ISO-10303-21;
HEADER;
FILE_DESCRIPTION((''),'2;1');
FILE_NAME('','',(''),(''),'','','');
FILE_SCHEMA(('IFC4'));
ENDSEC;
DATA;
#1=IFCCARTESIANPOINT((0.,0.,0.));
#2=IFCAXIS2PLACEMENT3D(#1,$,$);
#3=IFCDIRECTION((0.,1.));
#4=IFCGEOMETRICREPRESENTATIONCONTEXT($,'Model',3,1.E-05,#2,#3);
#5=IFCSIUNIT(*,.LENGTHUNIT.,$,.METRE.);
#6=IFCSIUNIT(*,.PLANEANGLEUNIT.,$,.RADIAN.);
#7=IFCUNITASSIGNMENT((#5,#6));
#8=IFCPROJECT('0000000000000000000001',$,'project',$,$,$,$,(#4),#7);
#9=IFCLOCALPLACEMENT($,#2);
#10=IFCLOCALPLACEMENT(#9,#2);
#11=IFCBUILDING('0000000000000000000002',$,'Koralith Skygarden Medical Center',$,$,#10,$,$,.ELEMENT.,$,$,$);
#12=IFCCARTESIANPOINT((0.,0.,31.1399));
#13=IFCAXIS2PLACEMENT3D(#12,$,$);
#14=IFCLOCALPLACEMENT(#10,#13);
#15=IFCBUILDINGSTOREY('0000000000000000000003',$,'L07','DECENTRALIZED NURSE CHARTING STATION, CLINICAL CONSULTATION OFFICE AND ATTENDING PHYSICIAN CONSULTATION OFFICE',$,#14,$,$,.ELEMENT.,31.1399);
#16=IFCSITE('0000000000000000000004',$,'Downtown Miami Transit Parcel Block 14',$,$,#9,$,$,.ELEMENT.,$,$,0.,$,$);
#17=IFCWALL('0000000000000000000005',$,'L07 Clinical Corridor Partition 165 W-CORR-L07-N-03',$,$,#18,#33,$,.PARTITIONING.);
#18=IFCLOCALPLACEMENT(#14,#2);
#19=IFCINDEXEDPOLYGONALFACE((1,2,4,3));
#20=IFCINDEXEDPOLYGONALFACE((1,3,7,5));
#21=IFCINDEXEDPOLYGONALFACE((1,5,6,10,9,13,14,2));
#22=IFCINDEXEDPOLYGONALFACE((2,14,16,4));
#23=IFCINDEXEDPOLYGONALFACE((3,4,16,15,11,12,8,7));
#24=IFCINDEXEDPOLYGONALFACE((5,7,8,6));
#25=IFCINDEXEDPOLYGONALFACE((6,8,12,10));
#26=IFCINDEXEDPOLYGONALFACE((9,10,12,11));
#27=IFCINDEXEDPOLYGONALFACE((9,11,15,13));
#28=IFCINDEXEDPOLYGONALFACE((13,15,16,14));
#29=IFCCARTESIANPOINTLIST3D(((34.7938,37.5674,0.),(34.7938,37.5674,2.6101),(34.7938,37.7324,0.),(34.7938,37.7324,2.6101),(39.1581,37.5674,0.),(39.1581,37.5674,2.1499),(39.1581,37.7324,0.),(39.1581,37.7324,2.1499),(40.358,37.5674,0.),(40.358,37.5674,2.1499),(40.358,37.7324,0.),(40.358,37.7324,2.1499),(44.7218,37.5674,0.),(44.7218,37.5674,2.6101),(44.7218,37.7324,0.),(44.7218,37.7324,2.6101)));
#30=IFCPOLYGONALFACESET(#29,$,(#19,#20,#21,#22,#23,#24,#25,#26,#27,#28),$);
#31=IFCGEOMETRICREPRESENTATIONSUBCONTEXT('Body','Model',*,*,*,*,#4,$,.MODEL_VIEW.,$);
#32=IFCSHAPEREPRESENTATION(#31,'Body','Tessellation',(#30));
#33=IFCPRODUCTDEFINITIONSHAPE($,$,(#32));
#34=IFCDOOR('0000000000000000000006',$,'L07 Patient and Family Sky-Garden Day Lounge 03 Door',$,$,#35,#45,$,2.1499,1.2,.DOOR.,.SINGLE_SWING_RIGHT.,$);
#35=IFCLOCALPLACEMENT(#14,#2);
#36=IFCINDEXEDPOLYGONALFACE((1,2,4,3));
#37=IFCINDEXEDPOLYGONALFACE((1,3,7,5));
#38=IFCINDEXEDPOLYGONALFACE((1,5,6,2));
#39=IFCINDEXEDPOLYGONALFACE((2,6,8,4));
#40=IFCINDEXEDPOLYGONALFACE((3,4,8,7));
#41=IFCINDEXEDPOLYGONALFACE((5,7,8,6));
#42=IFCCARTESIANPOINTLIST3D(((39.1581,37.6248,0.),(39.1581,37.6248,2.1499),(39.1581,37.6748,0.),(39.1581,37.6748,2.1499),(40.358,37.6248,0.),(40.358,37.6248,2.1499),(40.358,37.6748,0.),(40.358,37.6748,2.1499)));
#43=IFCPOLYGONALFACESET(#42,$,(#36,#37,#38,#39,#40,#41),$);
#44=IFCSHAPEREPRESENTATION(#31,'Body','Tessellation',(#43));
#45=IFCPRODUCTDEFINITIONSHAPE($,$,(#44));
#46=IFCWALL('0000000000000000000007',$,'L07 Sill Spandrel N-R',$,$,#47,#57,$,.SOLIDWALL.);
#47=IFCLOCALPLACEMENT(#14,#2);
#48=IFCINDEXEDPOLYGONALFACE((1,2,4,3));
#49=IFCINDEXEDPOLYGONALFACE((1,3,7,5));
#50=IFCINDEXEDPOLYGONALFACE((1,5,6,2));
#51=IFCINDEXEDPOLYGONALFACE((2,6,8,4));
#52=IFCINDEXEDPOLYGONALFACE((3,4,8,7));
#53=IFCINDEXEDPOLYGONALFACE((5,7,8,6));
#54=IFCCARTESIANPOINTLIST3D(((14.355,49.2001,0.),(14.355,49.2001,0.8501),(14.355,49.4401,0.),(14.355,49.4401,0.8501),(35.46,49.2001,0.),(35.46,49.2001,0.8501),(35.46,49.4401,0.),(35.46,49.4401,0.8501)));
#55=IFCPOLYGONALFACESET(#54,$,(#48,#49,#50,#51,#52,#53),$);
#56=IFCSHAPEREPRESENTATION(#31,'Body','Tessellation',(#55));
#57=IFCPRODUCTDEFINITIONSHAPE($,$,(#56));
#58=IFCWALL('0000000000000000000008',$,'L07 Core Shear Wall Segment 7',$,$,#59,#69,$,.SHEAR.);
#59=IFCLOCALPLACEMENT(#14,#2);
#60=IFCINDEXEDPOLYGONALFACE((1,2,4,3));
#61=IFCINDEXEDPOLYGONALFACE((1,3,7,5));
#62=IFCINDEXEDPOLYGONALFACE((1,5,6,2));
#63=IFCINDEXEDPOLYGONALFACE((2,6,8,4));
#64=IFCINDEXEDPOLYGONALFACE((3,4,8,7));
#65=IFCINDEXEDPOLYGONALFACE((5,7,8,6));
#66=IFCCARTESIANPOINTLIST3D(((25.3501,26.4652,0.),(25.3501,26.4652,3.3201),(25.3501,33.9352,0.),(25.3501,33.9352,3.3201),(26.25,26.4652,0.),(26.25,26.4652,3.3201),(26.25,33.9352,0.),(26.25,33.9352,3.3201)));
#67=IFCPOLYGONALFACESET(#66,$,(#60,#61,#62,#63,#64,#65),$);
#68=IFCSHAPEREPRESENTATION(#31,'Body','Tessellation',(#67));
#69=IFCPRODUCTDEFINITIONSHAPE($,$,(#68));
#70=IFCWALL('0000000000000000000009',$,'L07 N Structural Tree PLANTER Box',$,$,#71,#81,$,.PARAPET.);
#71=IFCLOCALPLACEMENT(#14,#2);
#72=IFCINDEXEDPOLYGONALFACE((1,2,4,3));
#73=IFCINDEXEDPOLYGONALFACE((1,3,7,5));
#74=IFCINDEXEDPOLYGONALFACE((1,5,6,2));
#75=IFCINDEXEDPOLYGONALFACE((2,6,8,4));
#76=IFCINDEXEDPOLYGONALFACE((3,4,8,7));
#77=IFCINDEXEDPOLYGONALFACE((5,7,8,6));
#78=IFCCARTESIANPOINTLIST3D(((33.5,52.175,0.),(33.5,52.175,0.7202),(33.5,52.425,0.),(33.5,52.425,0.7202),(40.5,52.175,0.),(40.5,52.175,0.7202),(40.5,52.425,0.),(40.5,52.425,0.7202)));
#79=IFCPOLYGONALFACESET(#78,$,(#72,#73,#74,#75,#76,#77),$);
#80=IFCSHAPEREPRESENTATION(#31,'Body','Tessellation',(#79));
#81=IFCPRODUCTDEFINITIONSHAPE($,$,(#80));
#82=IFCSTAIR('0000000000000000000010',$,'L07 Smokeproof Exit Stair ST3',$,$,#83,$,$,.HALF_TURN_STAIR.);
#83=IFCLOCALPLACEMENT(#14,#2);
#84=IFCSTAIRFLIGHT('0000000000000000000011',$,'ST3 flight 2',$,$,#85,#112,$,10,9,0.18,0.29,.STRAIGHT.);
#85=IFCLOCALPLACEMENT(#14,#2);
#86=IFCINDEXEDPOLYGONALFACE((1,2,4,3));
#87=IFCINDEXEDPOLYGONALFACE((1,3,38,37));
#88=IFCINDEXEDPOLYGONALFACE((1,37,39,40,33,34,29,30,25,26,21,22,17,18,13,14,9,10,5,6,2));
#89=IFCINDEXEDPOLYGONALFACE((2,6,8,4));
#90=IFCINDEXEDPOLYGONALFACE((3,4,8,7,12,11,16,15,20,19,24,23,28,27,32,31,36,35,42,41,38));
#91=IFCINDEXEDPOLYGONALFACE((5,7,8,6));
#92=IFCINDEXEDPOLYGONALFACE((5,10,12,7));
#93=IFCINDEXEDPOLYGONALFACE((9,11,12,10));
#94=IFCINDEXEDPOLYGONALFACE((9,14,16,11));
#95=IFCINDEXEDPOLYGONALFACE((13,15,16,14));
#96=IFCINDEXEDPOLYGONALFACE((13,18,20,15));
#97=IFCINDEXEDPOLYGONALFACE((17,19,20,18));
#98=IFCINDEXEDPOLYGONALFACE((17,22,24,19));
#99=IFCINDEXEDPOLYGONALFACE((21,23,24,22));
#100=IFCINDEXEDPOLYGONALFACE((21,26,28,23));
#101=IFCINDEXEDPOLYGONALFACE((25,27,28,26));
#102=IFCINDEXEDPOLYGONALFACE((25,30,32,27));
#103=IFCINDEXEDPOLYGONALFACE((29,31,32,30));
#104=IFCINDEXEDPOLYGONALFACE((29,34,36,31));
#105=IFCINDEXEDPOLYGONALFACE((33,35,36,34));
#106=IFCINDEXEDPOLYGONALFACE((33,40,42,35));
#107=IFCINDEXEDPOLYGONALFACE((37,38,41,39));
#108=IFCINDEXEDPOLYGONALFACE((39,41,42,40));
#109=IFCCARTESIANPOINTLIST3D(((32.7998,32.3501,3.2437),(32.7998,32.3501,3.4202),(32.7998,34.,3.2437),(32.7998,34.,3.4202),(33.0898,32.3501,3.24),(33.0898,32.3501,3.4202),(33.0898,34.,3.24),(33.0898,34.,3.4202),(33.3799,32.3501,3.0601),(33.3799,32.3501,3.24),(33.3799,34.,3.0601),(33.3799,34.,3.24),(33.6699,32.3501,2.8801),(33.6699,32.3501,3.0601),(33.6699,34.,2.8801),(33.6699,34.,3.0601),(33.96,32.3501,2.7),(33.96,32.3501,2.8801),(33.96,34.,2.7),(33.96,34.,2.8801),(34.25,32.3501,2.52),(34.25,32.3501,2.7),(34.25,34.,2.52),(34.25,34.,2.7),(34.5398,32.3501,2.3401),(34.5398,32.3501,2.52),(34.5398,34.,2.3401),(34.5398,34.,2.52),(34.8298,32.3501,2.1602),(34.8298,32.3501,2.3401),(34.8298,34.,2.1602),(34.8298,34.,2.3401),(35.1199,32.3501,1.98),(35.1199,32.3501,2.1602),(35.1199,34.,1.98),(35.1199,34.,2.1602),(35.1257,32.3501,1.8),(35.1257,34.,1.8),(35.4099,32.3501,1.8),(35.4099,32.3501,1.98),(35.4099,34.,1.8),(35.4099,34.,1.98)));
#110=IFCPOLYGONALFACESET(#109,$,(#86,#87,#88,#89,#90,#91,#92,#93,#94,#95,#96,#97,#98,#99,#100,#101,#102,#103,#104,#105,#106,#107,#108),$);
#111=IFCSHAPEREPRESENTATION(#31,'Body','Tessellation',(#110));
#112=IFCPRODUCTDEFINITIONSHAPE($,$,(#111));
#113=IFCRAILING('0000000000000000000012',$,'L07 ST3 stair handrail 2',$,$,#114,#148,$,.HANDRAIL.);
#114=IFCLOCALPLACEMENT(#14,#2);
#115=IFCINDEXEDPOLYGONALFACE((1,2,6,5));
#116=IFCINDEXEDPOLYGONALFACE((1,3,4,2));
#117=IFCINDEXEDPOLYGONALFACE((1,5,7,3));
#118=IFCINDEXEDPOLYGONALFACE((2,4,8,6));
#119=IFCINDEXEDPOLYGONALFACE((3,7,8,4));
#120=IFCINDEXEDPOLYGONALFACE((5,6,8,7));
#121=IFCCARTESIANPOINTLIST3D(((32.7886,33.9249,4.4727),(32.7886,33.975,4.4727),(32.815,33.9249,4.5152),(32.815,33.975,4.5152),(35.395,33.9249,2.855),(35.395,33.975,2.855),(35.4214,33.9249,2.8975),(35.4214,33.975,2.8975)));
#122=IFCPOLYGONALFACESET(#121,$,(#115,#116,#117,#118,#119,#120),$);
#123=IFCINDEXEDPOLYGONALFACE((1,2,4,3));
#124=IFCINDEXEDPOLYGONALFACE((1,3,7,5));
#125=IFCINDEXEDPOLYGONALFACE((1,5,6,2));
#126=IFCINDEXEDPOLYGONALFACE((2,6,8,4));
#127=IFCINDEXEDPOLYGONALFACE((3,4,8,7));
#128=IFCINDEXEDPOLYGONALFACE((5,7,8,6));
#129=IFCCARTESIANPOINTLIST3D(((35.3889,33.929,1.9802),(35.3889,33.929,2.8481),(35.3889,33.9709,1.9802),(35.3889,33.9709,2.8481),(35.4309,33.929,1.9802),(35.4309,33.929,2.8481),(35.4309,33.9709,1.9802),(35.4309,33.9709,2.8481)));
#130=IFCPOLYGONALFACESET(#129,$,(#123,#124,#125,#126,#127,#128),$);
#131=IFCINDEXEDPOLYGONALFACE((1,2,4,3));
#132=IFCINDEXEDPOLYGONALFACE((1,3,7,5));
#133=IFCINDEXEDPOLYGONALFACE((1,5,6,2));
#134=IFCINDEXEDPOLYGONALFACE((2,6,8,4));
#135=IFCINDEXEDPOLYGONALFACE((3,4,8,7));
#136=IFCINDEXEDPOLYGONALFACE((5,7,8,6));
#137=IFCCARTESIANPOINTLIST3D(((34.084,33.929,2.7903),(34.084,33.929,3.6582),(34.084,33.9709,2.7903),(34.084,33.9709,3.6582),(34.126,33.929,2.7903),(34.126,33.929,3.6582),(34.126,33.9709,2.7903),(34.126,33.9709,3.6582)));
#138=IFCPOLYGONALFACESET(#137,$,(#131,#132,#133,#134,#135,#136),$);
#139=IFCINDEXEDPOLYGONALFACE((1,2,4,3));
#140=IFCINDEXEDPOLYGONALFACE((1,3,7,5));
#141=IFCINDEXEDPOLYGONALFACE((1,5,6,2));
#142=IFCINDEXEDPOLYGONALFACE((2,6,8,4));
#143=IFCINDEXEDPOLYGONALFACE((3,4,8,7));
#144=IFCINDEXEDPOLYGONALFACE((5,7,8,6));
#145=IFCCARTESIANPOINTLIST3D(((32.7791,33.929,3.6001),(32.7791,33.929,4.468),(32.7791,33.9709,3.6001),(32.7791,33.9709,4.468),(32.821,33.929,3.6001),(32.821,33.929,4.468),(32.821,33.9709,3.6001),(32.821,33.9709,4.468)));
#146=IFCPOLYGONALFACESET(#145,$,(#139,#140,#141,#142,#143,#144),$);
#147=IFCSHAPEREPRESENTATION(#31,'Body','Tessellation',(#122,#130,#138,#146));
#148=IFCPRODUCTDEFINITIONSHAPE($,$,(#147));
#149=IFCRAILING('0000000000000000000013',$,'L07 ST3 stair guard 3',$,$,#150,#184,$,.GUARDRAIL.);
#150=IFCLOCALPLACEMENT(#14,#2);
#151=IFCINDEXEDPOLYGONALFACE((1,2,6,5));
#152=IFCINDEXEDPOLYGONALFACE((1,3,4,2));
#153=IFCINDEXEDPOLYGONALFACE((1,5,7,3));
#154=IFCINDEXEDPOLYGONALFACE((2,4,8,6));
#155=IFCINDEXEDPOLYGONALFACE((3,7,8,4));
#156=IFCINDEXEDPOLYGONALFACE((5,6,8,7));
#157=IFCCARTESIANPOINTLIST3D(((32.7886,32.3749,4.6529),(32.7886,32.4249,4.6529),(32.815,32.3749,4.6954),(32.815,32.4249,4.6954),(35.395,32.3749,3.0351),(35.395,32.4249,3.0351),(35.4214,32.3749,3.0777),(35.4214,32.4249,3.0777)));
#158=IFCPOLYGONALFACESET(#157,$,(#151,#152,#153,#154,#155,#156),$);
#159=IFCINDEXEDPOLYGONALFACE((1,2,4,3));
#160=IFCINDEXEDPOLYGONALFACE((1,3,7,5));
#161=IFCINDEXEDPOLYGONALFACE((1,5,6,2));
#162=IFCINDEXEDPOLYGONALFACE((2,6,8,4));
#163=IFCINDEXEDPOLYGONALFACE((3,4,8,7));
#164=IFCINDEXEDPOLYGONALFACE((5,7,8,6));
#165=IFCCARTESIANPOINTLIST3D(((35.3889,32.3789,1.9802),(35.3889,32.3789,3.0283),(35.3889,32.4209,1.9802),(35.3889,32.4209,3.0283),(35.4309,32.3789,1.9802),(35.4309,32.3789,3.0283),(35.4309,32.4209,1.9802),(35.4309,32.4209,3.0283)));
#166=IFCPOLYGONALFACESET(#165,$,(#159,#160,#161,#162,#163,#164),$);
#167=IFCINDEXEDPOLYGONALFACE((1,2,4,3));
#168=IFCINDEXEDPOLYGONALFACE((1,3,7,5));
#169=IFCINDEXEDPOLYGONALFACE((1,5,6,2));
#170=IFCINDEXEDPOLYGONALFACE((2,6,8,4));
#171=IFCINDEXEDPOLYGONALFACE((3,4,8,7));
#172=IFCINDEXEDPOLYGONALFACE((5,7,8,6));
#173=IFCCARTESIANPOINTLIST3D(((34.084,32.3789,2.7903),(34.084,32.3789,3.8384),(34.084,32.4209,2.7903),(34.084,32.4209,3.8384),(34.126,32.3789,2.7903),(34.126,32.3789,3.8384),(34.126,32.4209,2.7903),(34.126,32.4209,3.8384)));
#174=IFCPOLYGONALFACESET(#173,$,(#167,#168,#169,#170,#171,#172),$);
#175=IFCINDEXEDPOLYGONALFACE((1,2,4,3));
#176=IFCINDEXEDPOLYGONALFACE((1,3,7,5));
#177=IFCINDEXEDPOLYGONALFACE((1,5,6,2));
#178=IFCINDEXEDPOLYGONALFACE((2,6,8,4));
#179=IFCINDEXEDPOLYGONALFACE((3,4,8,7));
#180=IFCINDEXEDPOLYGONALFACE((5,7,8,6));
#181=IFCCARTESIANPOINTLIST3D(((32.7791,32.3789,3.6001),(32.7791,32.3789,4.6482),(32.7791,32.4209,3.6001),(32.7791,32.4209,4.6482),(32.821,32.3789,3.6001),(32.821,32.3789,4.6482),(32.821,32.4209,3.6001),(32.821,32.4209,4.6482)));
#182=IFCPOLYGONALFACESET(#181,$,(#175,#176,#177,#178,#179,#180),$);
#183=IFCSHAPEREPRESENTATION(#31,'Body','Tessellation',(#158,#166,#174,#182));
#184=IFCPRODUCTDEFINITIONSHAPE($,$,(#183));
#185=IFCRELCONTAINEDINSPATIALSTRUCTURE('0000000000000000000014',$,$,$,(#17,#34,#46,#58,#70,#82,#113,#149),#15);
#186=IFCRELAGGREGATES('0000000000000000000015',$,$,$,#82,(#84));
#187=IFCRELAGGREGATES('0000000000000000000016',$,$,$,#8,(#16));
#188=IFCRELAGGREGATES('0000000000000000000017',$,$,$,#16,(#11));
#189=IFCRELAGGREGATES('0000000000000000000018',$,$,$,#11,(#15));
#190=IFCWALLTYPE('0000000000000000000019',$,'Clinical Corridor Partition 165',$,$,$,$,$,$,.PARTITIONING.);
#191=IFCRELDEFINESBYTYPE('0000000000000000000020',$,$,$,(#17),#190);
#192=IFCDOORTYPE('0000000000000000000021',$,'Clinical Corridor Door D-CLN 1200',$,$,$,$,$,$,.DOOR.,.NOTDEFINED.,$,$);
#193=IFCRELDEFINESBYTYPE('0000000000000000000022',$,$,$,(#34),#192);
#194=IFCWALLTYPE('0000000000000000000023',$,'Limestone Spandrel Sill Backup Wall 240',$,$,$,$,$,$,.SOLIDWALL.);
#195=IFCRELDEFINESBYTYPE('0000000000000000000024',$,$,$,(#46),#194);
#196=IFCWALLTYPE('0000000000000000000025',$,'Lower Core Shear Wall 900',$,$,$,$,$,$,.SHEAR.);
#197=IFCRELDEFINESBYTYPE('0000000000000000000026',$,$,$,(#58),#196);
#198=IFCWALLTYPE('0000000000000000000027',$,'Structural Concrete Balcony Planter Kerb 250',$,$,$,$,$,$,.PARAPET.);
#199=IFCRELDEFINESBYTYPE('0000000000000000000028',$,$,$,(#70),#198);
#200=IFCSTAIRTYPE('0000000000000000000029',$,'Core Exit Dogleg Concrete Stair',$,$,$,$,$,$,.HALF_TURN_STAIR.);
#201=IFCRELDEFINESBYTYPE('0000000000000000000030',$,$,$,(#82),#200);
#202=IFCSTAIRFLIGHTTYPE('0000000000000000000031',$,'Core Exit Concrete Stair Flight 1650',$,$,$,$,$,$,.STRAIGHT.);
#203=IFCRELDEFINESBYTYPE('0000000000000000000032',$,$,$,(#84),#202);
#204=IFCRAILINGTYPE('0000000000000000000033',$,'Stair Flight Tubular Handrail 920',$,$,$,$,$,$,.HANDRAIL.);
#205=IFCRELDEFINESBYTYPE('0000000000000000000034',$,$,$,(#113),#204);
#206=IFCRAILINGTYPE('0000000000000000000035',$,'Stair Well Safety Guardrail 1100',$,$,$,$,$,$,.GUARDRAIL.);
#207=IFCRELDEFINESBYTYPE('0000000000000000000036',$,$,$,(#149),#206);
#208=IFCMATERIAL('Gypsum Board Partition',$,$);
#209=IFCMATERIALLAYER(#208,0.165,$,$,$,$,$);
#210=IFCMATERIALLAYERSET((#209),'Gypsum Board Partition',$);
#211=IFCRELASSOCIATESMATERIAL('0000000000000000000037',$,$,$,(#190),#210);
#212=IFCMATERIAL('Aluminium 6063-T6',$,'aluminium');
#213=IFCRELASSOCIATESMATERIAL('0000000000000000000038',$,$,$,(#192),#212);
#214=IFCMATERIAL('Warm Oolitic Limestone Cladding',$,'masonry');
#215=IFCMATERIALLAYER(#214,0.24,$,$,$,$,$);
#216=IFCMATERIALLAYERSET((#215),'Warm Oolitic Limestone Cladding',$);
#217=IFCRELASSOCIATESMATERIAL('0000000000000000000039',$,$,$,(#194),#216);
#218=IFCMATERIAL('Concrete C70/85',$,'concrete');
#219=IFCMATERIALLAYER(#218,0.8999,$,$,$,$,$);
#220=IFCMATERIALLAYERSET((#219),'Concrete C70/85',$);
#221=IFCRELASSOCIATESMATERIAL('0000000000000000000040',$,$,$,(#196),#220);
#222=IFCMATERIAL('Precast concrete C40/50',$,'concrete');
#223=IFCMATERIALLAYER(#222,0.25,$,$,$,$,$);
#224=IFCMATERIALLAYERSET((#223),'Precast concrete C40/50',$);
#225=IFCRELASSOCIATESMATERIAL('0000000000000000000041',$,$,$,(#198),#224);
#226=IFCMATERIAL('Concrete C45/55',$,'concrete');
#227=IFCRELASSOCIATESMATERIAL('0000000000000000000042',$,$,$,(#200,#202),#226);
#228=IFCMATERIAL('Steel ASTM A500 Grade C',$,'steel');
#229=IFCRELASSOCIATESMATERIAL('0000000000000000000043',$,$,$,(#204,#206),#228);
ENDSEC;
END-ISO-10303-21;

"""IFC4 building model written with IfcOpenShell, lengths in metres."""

from ifc_helpers import new_model, si_unit, direction, frame, frame_2d, origin, origin_2d, place, context, subcontext, project, spatial, polyline, rectangle, outline, extrude, material, layer, layer_set, type_object, element, fill, aggregate, save


model = new_model("IFC4")

# Units and contexts
model_context = context("Model", 3, precision=1e-05, world=origin(), true_north=direction((0.0, 1.0)))
body_context = subcontext(model_context, "Body", "Model", "MODEL_VIEW")
ifc_project = project(units=[si_unit("LENGTHUNIT", "METRE"), si_unit("PLANEANGLEUNIT", "RADIAN")], contexts=[model_context])

# Site, building, storey
site_placement = place(None, origin())
site = spatial("IfcSite", under=ifc_project, at=site_placement, Name="Downtown Miami Transit Parcel Block 14", CompositionType="ELEMENT", RefElevation=0.0)
building_placement = place(site_placement, origin())
building = spatial("IfcBuilding", under=site, at=building_placement, Name="Koralith Skygarden Medical Center", CompositionType="ELEMENT")
storey_placement = place(building_placement, frame((0.0, 0.0, 31.1399)))
storey = spatial("IfcBuildingStorey", under=building, at=storey_placement, Name="L07", Description="DECENTRALIZED NURSE CHARTING STATION, CLINICAL CONSULTATION OFFICE AND ATTENDING PHYSICIAN CONSULTATION OFFICE", CompositionType="ELEMENT", Elevation=31.1399)

# Shared definitions
ifc_material_1 = material(Name="Concrete C70/85", Category="concrete")

# Shared definitions
ifc_material_2 = material(Name="Aluminium 6063-T6", Category="aluminium")

# Shared definitions
ifc_material_3 = material(Name="Concrete C45/55", Category="concrete")

# Shared definitions
ifc_material_4 = material(Name="Gypsum Board Partition")

# Wall, opening, door
ifc_layer_1 = layer(ifc_material_4, 0.165)
ifc_layer_set_1 = layer_set([ifc_layer_1], Name="Gypsum Board Partition")
wall_type_1 = type_object("IfcWallType", Name="Clinical Corridor Partition 165", PredefinedType="PARTITIONING", material=ifc_layer_set_1)
wall_1_placement = place(storey_placement, frame((34.7939, 37.6499, 0.0), z_axis=(0.0, 0.0, 1.0), x_axis=(1.0, 0.0, 0.0)))
wall_1 = element("IfcWall", 1, at=wall_1_placement, inside=storey, type_object=wall_type_1, Name="L07 Clinical Corridor Partition 165 W-CORR-L07-N-03", PredefinedType="PARTITIONING", context=body_context, shape_type="SweptSolid", body=[
    extrude(rectangle(XDim=9.928, YDim=0.165, at=frame_2d((4.9639, 0.0))), origin(), (0.0, 0.0, 1.0), 2.6101),
])
opening_placement = place(wall_1_placement, frame((4.364, 0.0, 0.0)))
opening = element("IfcOpeningElement", 2, at=opening_placement, cuts=wall_1, PredefinedType="OPENING", context=body_context, shape_type="SweptSolid", body=[
    extrude(rectangle(XDim=1.2, YDim=2.1499, at=frame_2d((0.6001, 1.075))), frame((0.0, 0.0925, 0.0), z_axis=(0.0, -1.0, 0.0), x_axis=(1.0, 0.0, 0.0)), (0.0, 0.0, 1.0), 0.1851),
])
door_type = type_object("IfcDoorType", Name="Clinical Corridor Door D-CLN 1200", OperationType="NOTDEFINED", PredefinedType="DOOR", material=ifc_material_2)
door_placement = place(opening_placement, origin())
door = element("IfcDoor", 3, at=door_placement, inside=storey, type_object=door_type, Name="L07 Patient and Family Sky-Garden Day Lounge 03 Door", OperationType="SINGLE_SWING_RIGHT", OverallHeight=2.1499, OverallWidth=1.2, PredefinedType="DOOR", context=body_context, shape_type="SweptSolid", body=[
    extrude(rectangle(XDim=1.2, YDim=2.1499, at=frame_2d((0.6001, 1.075))), frame((0.0, 0.0249, 0.0), z_axis=(0.0, -1.0, 0.0), x_axis=(1.0, 0.0, 0.0)), (0.0, 0.0, 1.0), 0.05),
])
fill(opening, door)

# Walls
ifc_material_5 = material(Name="Warm Oolitic Limestone Cladding", Category="masonry")
ifc_layer_2 = layer(ifc_material_5, 0.24)
ifc_layer_set_2 = layer_set([ifc_layer_2], Name="Warm Oolitic Limestone Cladding")
wall_type_2 = type_object("IfcWallType", Name="Limestone Spandrel Sill Backup Wall 240", PredefinedType="SOLIDWALL", material=ifc_layer_set_2)
wall_2_placement = place(storey_placement, frame((35.46, 49.3201, 0.0), z_axis=(0.0, 0.0, 1.0), x_axis=(-1.0, 0.0, 0.0)))
element("IfcWall", 4, at=wall_2_placement, inside=storey, type_object=wall_type_2, Name="L07 Sill Spandrel N-R", PredefinedType="SOLIDWALL", context=body_context, shape_type="SweptSolid", body=[
    extrude(rectangle(XDim=21.105, YDim=0.24, at=frame_2d((10.5525, 0.0))), origin(), (0.0, 0.0, 1.0), 0.8501),
])
ifc_layer_3 = layer(ifc_material_1, 0.8999)
ifc_layer_set_3 = layer_set([ifc_layer_3], Name="Concrete C70/85")
wall_type_3 = type_object("IfcWallType", Name="Lower Core Shear Wall 900", PredefinedType="SHEAR", material=ifc_layer_set_3)
wall_3_placement = place(storey_placement, frame((25.8, 33.9351, 0.0), z_axis=(0.0, 0.0, 1.0), x_axis=(0.0, -1.0, 0.0)))
element("IfcWall", 5, at=wall_3_placement, inside=storey, type_object=wall_type_3, Name="L07 Core Shear Wall Segment 7", PredefinedType="SHEAR", context=body_context, shape_type="SweptSolid", body=[
    extrude(rectangle(XDim=7.47, YDim=0.8999, at=frame_2d((3.7349, 0.0))), origin(), (0.0, 0.0, 1.0), 3.3201),
])
ifc_material_6 = material(Name="Precast concrete C40/50", Category="concrete")
ifc_layer_4 = layer(ifc_material_6, 0.25)
ifc_layer_set_4 = layer_set([ifc_layer_4], Name="Precast concrete C40/50")
wall_type_4 = type_object("IfcWallType", Name="Structural Concrete Balcony Planter Kerb 250", PredefinedType="PARAPET", material=ifc_layer_set_4)
wall_4_placement = place(storey_placement, frame((33.5, 52.3, 0.0), z_axis=(0.0, 0.0, 1.0), x_axis=(1.0, 0.0, 0.0)))
element("IfcWall", 6, at=wall_4_placement, inside=storey, type_object=wall_type_4, Name="L07 N Structural Tree PLANTER Box", PredefinedType="PARAPET", context=body_context, shape_type="SweptSolid", body=[
    extrude(rectangle(XDim=7.0, YDim=0.25, at=frame_2d((3.5, 0.0))), origin(), (0.0, 0.0, 1.0), 0.7202),
])

# Stair, stair flight
stair_type = type_object("IfcStairType", Name="Core Exit Dogleg Concrete Stair", PredefinedType="HALF_TURN_STAIR", material=ifc_material_3)
stair_placement = place(storey_placement, origin())
stair = element("IfcStair", 7, at=stair_placement, inside=storey, type_object=stair_type, Name="L07 Smokeproof Exit Stair ST3", PredefinedType="HALF_TURN_STAIR")
stair_flight_type = type_object("IfcStairFlightType", Name="Core Exit Concrete Stair Flight 1650", PredefinedType="STRAIGHT", material=ifc_material_3)
stair_flight_placement = place(storey_placement, frame((35.4099, 33.175, 1.8), z_axis=(0.0, 0.0, 1.0), x_axis=(-1.0, 0.0, 0.0)))
stair_flight = element("IfcStairFlight", 8, at=stair_flight_placement, type_object=stair_flight_type, Name="ST3 flight 2", NumberOfRisers=10, NumberOfTreads=9, PredefinedType="STRAIGHT", RiserHeight=0.18, TreadLength=0.29, context=body_context, shape_type="SweptSolid", body=[
    extrude(outline(polyline([(0.0, 0.0), (0.0, 0.1799), (0.29, 0.1799), (0.29, 0.3601), (0.5801, 0.3601), (0.5801, 0.54), (0.8701, 0.54), (0.8701, 0.72), (1.1599, 0.72), (1.1599, 0.8999), (1.45, 0.8999), (1.45, 1.0801), (1.74, 1.0801), (1.74, 1.26), (2.03, 1.26), (2.03, 1.4399), (2.3201, 1.4399), (2.3201, 1.6201), (2.6101, 1.6201), (2.6101, 1.8), (2.6101, 1.4436), (0.2842, 0.0), (0.0, 0.0)])), frame((0.0, 0.825, 0.0), z_axis=(0.0, -1.0, 0.0), x_axis=(1.0, 0.0, 0.0)), (0.0, 0.0, 1.0), 1.6499),
])
aggregate(stair, [stair_flight])

# Railings
ifc_material_7 = material(Name="Steel ASTM A500 Grade C", Category="steel")
railing_type_1 = type_object("IfcRailingType", Name="Stair Flight Tubular Handrail 920", PredefinedType="HANDRAIL", material=ifc_material_7)
railing_1_placement = place(storey_placement, frame((35.4099, 33.95, 1.9802)))
element("IfcRailing", 9, at=railing_1_placement, inside=storey, type_object=railing_type_1, Name="L07 ST3 stair handrail 2", PredefinedType="HANDRAIL", context=body_context, shape_type="SweptSolid", body=[
    extrude(rectangle(XDim=0.05, YDim=0.05, at=origin_2d()), frame((-0.0017, 0.0, 0.896), z_axis=(-0.849646, 0.0, 0.527353), x_axis=(0.0, -1.0, 0.0)), (0.0, 0.0, 1.0), 3.0676),
    extrude(rectangle(XDim=0.042, YDim=0.042, at=origin_2d()), origin(), (0.0, 0.0, 1.0), 0.8679),
    extrude(rectangle(XDim=0.042, YDim=0.042, at=origin_2d()), frame((-1.3049, 0.0, 0.8101)), (0.0, 0.0, 1.0), 0.8679),
    extrude(rectangle(XDim=0.042, YDim=0.042, at=origin_2d()), frame((-2.6099, 0.0, 1.6199)), (0.0, 0.0, 1.0), 0.8679),
])
railing_type_2 = type_object("IfcRailingType", Name="Stair Well Safety Guardrail 1100", PredefinedType="GUARDRAIL", material=ifc_material_7)
railing_2_placement = place(storey_placement, frame((35.4099, 32.3999, 1.9802)))
element("IfcRailing", 10, at=railing_2_placement, inside=storey, type_object=railing_type_2, Name="L07 ST3 stair guard 3", PredefinedType="GUARDRAIL", context=body_context, shape_type="SweptSolid", body=[
    extrude(rectangle(XDim=0.05, YDim=0.05, at=origin_2d()), frame((-0.0017, 0.0, 1.0762), z_axis=(-0.849646, 0.0, 0.527353), x_axis=(0.0, -1.0, 0.0)), (0.0, 0.0, 1.0), 3.0676),
    extrude(rectangle(XDim=0.042, YDim=0.042, at=origin_2d()), origin(), (0.0, 0.0, 1.0), 1.0481),
    extrude(rectangle(XDim=0.042, YDim=0.042, at=origin_2d()), frame((-1.3049, 0.0, 0.8101)), (0.0, 0.0, 1.0), 1.0481),
    extrude(rectangle(XDim=0.042, YDim=0.042, at=origin_2d()), frame((-2.6099, 0.0, 1.6199)), (0.0, 0.0, 1.0), 1.0481),
])

save(model, "model.ifc")
